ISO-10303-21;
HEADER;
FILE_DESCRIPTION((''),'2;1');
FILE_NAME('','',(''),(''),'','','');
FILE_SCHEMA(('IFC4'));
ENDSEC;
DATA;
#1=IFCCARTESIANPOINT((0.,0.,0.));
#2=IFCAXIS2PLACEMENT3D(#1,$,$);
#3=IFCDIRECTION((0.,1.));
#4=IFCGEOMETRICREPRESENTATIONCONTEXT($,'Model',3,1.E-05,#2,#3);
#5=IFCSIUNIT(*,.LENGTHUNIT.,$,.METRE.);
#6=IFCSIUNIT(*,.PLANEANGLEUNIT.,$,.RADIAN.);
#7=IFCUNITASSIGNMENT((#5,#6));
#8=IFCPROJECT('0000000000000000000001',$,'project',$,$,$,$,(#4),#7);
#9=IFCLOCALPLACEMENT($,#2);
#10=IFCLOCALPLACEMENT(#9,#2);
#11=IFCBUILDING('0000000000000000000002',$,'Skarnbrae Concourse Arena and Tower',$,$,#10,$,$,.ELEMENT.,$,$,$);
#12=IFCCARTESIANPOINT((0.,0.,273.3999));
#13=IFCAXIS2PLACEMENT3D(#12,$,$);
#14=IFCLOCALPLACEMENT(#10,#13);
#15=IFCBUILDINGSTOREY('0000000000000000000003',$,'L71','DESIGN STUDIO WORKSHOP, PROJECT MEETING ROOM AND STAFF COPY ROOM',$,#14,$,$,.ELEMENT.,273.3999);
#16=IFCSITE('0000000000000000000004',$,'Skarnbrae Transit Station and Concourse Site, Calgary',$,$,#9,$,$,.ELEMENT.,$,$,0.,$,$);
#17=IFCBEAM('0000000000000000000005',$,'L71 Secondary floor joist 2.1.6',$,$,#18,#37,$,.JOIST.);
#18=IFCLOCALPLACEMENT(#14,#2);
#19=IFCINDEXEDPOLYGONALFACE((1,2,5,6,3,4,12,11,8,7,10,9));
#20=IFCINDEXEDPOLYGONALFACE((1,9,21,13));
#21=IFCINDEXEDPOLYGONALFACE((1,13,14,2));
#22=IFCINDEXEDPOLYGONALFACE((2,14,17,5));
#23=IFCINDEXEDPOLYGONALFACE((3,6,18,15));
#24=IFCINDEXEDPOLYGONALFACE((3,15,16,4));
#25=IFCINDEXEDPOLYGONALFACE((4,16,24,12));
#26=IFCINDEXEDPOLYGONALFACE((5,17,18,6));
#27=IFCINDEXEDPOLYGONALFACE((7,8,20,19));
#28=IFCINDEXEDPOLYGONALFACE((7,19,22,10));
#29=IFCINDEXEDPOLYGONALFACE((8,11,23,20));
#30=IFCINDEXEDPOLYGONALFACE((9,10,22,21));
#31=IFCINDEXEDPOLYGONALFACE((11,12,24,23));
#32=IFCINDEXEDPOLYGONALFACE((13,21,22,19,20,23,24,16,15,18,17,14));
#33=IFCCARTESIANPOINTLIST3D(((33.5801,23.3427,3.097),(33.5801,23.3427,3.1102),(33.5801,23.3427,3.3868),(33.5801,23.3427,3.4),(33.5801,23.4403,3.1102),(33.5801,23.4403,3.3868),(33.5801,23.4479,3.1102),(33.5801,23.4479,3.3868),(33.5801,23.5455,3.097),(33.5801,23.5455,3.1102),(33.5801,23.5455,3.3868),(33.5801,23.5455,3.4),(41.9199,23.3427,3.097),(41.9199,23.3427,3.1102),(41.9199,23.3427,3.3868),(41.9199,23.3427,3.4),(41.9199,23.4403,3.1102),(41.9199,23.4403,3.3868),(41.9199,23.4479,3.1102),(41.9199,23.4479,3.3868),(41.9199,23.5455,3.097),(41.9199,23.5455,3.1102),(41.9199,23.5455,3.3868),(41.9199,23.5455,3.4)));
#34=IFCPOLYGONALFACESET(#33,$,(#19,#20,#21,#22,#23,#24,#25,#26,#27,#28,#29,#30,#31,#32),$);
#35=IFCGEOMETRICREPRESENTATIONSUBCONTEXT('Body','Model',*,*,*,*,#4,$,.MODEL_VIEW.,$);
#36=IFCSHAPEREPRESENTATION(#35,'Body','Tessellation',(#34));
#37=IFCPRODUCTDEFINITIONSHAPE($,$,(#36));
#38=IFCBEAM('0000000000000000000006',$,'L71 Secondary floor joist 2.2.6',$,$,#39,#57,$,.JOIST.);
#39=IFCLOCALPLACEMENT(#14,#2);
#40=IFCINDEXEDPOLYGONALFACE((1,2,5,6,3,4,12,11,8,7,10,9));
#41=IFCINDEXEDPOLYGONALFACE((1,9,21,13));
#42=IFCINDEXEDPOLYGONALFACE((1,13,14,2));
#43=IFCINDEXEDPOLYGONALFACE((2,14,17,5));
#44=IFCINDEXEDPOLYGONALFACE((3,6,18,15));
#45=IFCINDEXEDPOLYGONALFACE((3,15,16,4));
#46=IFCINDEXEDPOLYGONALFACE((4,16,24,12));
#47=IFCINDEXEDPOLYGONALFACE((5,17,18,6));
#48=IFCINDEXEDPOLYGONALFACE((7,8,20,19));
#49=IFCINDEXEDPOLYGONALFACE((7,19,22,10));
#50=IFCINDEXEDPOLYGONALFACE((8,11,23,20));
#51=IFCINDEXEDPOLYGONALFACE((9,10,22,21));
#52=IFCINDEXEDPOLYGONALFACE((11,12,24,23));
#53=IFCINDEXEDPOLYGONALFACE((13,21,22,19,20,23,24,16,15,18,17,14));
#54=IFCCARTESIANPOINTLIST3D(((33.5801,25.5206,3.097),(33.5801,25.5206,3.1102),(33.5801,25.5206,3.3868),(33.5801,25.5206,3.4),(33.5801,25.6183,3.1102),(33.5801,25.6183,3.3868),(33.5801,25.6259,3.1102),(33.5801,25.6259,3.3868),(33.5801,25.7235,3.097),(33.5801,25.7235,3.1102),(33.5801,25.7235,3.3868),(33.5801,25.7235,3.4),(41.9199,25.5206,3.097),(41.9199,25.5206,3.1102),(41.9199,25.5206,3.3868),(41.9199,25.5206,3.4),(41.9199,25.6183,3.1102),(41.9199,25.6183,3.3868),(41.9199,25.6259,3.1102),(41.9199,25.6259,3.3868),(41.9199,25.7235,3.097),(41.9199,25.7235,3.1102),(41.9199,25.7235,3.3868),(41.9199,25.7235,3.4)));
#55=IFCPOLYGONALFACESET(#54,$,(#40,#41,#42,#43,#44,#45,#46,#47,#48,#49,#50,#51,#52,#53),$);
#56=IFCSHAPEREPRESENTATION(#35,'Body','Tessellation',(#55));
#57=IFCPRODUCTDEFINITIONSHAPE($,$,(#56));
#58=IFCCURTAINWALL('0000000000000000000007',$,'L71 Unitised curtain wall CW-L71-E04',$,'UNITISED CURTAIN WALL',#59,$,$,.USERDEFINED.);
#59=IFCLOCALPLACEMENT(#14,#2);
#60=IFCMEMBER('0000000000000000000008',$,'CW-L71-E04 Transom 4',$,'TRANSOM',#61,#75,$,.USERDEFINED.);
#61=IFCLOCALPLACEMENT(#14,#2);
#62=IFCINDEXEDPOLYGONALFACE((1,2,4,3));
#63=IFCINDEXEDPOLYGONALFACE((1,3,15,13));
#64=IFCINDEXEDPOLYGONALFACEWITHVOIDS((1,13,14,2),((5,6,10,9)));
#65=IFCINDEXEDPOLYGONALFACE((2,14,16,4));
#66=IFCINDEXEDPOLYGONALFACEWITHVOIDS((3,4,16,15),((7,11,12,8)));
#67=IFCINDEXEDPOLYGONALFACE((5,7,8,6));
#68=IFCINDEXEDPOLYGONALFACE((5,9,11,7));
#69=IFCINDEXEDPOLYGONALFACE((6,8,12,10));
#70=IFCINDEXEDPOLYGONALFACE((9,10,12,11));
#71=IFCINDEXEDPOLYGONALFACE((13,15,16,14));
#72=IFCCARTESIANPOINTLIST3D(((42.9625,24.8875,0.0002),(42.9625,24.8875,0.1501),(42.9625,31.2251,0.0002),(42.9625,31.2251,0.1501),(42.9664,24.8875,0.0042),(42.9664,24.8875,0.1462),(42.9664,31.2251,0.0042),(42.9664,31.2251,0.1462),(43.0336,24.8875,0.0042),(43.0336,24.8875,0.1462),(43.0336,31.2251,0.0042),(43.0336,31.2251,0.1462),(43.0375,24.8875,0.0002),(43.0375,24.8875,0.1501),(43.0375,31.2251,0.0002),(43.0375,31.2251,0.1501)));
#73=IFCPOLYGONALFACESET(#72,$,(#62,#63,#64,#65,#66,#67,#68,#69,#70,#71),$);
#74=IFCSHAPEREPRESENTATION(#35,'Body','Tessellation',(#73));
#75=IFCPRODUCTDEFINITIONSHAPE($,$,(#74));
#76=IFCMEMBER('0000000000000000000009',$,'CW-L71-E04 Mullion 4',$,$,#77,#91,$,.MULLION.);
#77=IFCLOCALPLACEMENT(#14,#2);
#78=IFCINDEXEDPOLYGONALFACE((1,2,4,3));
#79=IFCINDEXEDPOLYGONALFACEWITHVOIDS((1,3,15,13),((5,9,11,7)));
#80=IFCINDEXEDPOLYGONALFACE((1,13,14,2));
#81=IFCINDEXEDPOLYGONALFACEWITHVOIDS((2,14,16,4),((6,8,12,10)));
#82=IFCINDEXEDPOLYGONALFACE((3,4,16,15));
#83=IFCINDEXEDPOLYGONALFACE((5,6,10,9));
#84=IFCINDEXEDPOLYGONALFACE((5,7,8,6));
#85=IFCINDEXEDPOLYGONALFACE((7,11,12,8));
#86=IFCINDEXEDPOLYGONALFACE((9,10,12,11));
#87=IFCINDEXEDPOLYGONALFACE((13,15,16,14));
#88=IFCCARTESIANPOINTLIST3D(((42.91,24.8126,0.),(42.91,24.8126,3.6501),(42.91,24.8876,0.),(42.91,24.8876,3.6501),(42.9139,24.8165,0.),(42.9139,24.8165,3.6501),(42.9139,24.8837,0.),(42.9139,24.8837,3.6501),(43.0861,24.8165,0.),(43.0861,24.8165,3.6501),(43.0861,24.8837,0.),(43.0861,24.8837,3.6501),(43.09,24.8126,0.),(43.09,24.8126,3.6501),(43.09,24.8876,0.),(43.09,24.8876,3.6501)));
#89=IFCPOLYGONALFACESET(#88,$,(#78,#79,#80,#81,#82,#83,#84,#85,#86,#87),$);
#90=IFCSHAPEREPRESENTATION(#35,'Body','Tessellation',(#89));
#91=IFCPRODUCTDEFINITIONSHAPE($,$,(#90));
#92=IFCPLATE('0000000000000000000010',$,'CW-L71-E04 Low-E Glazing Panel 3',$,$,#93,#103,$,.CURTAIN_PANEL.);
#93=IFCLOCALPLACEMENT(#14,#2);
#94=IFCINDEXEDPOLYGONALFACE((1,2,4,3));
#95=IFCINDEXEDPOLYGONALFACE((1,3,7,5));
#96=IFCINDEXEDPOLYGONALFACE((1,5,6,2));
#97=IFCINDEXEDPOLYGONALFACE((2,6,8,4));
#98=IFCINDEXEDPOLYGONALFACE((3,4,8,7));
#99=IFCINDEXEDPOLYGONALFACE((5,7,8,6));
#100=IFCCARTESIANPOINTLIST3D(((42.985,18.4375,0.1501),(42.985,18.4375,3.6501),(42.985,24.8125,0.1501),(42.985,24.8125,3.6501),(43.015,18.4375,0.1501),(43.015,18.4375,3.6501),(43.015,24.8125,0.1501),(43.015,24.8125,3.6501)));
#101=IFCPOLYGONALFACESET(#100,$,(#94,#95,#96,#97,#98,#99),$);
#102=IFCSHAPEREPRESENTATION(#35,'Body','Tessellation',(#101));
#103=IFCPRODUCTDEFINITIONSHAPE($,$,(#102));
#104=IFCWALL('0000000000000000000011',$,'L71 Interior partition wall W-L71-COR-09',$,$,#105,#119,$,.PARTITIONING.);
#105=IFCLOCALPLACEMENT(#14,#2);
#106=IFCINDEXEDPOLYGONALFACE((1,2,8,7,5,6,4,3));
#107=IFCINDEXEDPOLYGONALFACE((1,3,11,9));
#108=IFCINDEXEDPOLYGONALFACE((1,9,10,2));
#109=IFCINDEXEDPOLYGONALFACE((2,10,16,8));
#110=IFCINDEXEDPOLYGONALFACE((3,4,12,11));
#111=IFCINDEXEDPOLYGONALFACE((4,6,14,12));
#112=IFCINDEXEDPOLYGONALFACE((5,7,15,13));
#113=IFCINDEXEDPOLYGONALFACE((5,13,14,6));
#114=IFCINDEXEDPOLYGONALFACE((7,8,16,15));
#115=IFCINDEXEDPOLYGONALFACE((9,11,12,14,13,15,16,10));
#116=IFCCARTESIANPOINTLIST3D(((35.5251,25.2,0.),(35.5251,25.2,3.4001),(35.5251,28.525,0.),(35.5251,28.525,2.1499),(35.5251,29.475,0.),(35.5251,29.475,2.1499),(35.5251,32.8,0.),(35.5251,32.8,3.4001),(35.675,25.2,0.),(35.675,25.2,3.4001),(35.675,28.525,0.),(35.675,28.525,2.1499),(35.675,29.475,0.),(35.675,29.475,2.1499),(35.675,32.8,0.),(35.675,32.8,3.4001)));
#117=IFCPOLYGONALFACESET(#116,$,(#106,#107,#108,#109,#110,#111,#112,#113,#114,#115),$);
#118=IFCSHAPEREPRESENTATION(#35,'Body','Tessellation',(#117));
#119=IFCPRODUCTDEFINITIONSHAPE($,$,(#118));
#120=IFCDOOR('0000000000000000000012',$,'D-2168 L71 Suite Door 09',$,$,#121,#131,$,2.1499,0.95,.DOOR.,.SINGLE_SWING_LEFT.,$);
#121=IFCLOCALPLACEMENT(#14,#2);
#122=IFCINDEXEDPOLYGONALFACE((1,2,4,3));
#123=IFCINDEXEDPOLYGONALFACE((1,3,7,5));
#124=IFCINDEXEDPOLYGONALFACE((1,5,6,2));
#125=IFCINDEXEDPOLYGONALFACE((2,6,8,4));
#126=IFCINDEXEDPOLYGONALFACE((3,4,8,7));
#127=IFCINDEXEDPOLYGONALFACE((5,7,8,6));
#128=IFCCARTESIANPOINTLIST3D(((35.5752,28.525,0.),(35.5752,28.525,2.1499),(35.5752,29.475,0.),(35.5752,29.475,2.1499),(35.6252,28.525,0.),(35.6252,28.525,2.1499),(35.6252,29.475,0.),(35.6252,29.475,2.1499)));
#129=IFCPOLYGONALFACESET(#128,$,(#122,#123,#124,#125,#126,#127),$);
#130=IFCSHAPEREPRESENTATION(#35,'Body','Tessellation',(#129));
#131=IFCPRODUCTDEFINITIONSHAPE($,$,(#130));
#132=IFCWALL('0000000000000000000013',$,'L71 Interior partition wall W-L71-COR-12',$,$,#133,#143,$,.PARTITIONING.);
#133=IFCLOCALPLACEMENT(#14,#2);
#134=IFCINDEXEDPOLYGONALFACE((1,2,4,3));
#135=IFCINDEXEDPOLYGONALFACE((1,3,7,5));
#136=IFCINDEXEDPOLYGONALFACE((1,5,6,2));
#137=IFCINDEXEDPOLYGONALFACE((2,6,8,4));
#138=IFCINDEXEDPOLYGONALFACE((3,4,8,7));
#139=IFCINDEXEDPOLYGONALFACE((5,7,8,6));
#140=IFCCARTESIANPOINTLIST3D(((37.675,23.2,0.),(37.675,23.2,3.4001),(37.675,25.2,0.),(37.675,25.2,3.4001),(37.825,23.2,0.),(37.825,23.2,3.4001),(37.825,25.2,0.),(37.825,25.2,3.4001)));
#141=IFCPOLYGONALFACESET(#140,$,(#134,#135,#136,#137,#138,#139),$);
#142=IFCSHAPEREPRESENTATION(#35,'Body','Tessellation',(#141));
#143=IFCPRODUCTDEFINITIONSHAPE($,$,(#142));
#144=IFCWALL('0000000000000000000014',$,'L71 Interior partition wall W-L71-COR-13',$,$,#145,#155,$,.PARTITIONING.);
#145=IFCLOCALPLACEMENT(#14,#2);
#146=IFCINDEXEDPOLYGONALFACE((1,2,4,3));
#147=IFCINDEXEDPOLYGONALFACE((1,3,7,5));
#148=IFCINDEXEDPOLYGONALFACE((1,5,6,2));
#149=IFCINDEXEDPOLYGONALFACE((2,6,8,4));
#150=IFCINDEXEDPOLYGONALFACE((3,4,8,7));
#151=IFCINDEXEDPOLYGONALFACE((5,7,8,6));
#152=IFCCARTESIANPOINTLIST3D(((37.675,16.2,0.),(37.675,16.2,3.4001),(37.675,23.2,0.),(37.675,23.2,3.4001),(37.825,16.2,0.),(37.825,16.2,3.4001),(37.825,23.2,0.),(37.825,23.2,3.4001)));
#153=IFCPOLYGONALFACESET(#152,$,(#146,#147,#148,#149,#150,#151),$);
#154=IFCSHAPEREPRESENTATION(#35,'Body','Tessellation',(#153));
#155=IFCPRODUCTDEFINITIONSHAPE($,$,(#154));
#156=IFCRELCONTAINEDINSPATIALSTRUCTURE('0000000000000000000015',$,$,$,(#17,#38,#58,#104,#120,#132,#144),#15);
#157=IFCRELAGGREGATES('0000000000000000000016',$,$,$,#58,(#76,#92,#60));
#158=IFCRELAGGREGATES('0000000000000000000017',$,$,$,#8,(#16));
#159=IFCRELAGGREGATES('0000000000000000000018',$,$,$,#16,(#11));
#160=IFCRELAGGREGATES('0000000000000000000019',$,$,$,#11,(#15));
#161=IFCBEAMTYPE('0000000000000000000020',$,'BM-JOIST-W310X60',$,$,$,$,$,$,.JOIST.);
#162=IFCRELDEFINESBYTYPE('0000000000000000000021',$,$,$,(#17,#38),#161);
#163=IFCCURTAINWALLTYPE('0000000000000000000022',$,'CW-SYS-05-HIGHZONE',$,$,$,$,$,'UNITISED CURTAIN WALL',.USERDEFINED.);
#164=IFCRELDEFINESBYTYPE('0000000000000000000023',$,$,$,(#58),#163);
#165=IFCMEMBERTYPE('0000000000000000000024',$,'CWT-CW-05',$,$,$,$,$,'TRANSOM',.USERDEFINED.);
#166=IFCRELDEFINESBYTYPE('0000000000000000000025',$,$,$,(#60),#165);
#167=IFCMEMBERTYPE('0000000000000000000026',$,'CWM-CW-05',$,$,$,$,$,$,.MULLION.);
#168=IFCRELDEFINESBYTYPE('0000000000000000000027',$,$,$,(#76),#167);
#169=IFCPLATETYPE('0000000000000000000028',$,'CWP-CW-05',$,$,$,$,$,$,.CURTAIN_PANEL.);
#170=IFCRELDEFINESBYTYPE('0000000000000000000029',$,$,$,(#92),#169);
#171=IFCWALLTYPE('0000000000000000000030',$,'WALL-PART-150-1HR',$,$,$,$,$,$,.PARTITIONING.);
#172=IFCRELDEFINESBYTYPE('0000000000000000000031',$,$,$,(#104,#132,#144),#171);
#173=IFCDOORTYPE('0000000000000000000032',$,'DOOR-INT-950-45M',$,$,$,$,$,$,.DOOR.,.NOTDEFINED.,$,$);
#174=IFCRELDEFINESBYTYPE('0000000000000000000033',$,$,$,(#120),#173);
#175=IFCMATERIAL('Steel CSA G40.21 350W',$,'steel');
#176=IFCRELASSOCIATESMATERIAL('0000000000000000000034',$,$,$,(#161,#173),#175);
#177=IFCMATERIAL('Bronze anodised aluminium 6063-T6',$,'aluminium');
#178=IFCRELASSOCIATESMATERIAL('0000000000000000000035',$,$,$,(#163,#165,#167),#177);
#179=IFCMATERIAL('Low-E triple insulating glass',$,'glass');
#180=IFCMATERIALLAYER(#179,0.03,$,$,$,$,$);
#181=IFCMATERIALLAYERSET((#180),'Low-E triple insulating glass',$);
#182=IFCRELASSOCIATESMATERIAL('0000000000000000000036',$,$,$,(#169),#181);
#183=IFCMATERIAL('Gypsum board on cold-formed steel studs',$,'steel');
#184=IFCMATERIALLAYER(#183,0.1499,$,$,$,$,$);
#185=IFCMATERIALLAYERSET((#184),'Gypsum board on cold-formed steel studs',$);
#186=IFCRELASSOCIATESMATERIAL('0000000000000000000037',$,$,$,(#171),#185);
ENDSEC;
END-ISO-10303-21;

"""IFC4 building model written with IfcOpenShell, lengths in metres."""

from ifc_helpers import new_model, si_unit, direction, frame, frame_2d, origin, origin_2d, place, context, subcontext, project, spatial, rectangle, hollow_rectangle, i_section, extrude, source, transform, mapped, material, layer, layer_set, material_profile, profile_set, type_object, element, fill, aggregate, save


model = new_model("IFC4")

# Units and contexts
model_context = context("Model", 3, precision=1e-05, world=origin(), true_north=direction((0.0, 1.0)))
body_context = subcontext(model_context, "Body", "Model", "MODEL_VIEW")
ifc_project = project(units=[si_unit("LENGTHUNIT", "METRE"), si_unit("PLANEANGLEUNIT", "RADIAN")], contexts=[model_context])

# Site, building, storey
site_placement = place(None, origin())
site = spatial("IfcSite", under=ifc_project, at=site_placement, Name="Skarnbrae Transit Station and Concourse Site, Calgary", CompositionType="ELEMENT", RefElevation=0.0)
building_placement = place(site_placement, origin())
building = spatial("IfcBuilding", under=site, at=building_placement, Name="Skarnbrae Concourse Arena and Tower", CompositionType="ELEMENT")
storey_placement = place(building_placement, frame((0.0, 0.0, 273.3999)))
storey = spatial("IfcBuildingStorey", under=building, at=storey_placement, Name="L71", Description="DESIGN STUDIO WORKSHOP, PROJECT MEETING ROOM AND STAFF COPY ROOM", CompositionType="ELEMENT", Elevation=273.3999)

# Shared definitions
ifc_material_1 = material(Name="Steel CSA G40.21 350W", Category="steel")

# Beams
ifc_material_profile_1 = material_profile(ifc_material_1, i_section(OverallWidth=0.2029, OverallDepth=0.303, WebThickness=0.0076, FlangeThickness=0.0132, at=origin_2d()), Name="W310X60")
ifc_profile_set_1 = profile_set([ifc_material_profile_1], Name="Steel CSA G40.21 350W")
beam_type_1 = type_object("IfcBeamType", Name="BM-JOIST-W310X60", PredefinedType="JOIST", material=ifc_profile_set_1)
shared_shape_1 = source(origin(), body_context, "Body", "SweptSolid", [
    extrude(i_section(OverallWidth=0.2029, OverallDepth=0.303, WebThickness=0.0076, FlangeThickness=0.0132, at=origin_2d()), origin(), (0.0, 0.0, 1.0), 8.3398),
])
for number, where, z_axis, x_axis, name in (
    (1, (33.5801, 23.4441, 3.2485), (1.0, 0.0, 0.0), (0.0, 1.0, 0.0), "L71 Secondary floor joist 2.1.6"),
    (2, (33.5801, 25.6221, 3.2485), (1.0, 0.0, 0.0), (0.0, 1.0, 0.0), "L71 Secondary floor joist 2.2.6"),
):
    element("IfcBeam", number, at=place(storey_placement, frame(where, z_axis=z_axis, x_axis=x_axis)), inside=storey, type_object=beam_type_1, Name=name, PredefinedType="JOIST", context=body_context, shape_type="MappedRepresentation", body=[
        mapped(shared_shape_1, transform((0.0, 0.0, 0.0))),
    ])

# Curtain wall, members, plate
ifc_material_2 = material(Name="Bronze anodised aluminium 6063-T6", Category="aluminium")
curtain_wall_type = type_object("IfcCurtainWallType", Name="CW-SYS-05-HIGHZONE", ElementType="UNITISED CURTAIN WALL", PredefinedType="USERDEFINED", material=ifc_material_2)
curtain_wall_placement = place(storey_placement, origin())
curtain_wall = element("IfcCurtainWall", 3, at=curtain_wall_placement, inside=storey, type_object=curtain_wall_type, Name="L71 Unitised curtain wall CW-L71-E04", ObjectType="UNITISED CURTAIN WALL", PredefinedType="USERDEFINED")
ifc_material_profile_2 = material_profile(ifc_material_2, hollow_rectangle(XDim=0.075, YDim=0.1499, WallThickness=0.0039, at=origin_2d()), Name="ALU-TRAN-75X150")
ifc_profile_set_2 = profile_set([ifc_material_profile_2], Name="Bronze anodised aluminium 6063-T6")
member_type_1 = type_object("IfcMemberType", Name="CWT-CW-05", ElementType="TRANSOM", PredefinedType="USERDEFINED", material=ifc_profile_set_2)
shared_shape_2 = source(origin(), body_context, "Body", "SweptSolid", [
    extrude(hollow_rectangle(XDim=0.075, YDim=0.1499, WallThickness=0.0039, at=origin_2d()), origin(), (0.0, 0.0, 1.0), 6.3376),
])
member_1_placement = place(storey_placement, frame((43.0, 24.8875, 0.0752), z_axis=(0.0, 1.0, 0.0), x_axis=(-1.0, 0.0, 0.0)))
member_1 = element("IfcMember", 4, at=member_1_placement, type_object=member_type_1, Name="CW-L71-E04 Transom 4", ObjectType="TRANSOM", PredefinedType="USERDEFINED", context=body_context, shape_type="MappedRepresentation", body=[
    mapped(shared_shape_2, transform((0.0, 0.0, 0.0))),
])
ifc_material_profile_3 = material_profile(ifc_material_2, hollow_rectangle(XDim=0.075, YDim=0.1799, WallThickness=0.0039, at=origin_2d()), Name="ALU-MULL-75X180")
ifc_profile_set_3 = profile_set([ifc_material_profile_3], Name="Bronze anodised aluminium 6063-T6")
member_type_2 = type_object("IfcMemberType", Name="CWM-CW-05", PredefinedType="MULLION", material=ifc_profile_set_3)
shared_shape_3 = source(origin(), body_context, "Body", "SweptSolid", [
    extrude(hollow_rectangle(XDim=0.075, YDim=0.1799, WallThickness=0.0039, at=origin_2d()), origin(), (0.0, 0.0, 1.0), 3.6501),
])
member_2_placement = place(storey_placement, frame((43.0, 24.8501, 0.0), z_axis=(0.0, 0.0, 1.0), x_axis=(0.0, 1.0, 0.0)))
member_2 = element("IfcMember", 5, at=member_2_placement, type_object=member_type_2, Name="CW-L71-E04 Mullion 4", PredefinedType="MULLION", context=body_context, shape_type="MappedRepresentation", body=[
    mapped(shared_shape_3, transform((0.0, 0.0, 0.0))),
])
ifc_material_3 = material(Name="Low-E triple insulating glass", Category="glass")
ifc_layer_1 = layer(ifc_material_3, 0.03)
ifc_layer_set_1 = layer_set([ifc_layer_1], Name="Low-E triple insulating glass")
plate_type = type_object("IfcPlateType", Name="CWP-CW-05", PredefinedType="CURTAIN_PANEL", material=ifc_layer_set_1)
shared_shape_4 = source(origin(), body_context, "Body", "SweptSolid", [
    extrude(rectangle(XDim=6.375, YDim=0.03, at=origin_2d()), origin(), (0.0, 0.0, 1.0), 3.5),
])
plate_placement = place(storey_placement, frame((43.0, 21.625, 0.1501), z_axis=(0.0, 0.0, 1.0), x_axis=(0.0, 1.0, 0.0)))
plate = element("IfcPlate", 6, at=plate_placement, type_object=plate_type, Name="CW-L71-E04 Low-E Glazing Panel 3", PredefinedType="CURTAIN_PANEL", context=body_context, shape_type="MappedRepresentation", body=[
    mapped(shared_shape_4, transform((0.0, 0.0, 0.0))),
])
aggregate(curtain_wall, [member_2, plate, member_1])

# Wall, opening, door
ifc_material_4 = material(Name="Gypsum board on cold-formed steel studs", Category="steel")
ifc_layer_2 = layer(ifc_material_4, 0.1499)
ifc_layer_set_2 = layer_set([ifc_layer_2], Name="Gypsum board on cold-formed steel studs")
wall_type = type_object("IfcWallType", Name="WALL-PART-150-1HR", PredefinedType="PARTITIONING", material=ifc_layer_set_2)
shared_shape_5 = source(origin(), body_context, "Body", "SweptSolid", [
    extrude(rectangle(XDim=7.6001, YDim=0.1499, at=frame_2d((3.8, 0.0))), origin(), (0.0, 0.0, 1.0), 3.4001),
])
wall_1_placement = place(storey_placement, frame((35.6001, 25.2, 0.0), z_axis=(0.0, 0.0, 1.0), x_axis=(0.0, 1.0, 0.0)))
wall_1 = element("IfcWall", 7, at=wall_1_placement, inside=storey, type_object=wall_type, Name="L71 Interior partition wall W-L71-COR-09", PredefinedType="PARTITIONING", context=body_context, shape_type="MappedRepresentation", body=[
    mapped(shared_shape_5, transform((0.0, 0.0, 0.0))),
])
opening_1_placement = place(wall_1_placement, frame((3.325, 0.0, 0.0)))
opening_1 = element("IfcOpeningElement", 8, at=opening_1_placement, cuts=wall_1, PredefinedType="OPENING", context=body_context, shape_type="SweptSolid", body=[
    extrude(rectangle(XDim=0.95, YDim=2.1499, at=frame_2d((0.4751, 1.075))), frame((0.0, 0.085, 0.0), z_axis=(0.0, -1.0, 0.0), x_axis=(1.0, 0.0, 0.0)), (0.0, 0.0, 1.0), 0.1699),
])
door_type = type_object("IfcDoorType", Name="DOOR-INT-950-45M", OperationType="NOTDEFINED", PredefinedType="DOOR", material=ifc_material_1)
shared_shape_6 = source(origin(), body_context, "Body", "SweptSolid", [
    extrude(rectangle(XDim=0.95, YDim=2.1499, at=frame_2d((0.4751, 1.075))), frame((0.0, 0.0249, 0.0), z_axis=(0.0, -1.0, 0.0), x_axis=(1.0, 0.0, 0.0)), (0.0, 0.0, 1.0), 0.05),
])
door_1_placement = place(opening_1_placement, origin())
door_1 = element("IfcDoor", 9, at=door_1_placement, inside=storey, type_object=door_type, Name="D-2168 L71 Suite Door 09", OperationType="SINGLE_SWING_LEFT", OverallHeight=2.1499, OverallWidth=0.95, PredefinedType="DOOR", context=body_context, shape_type="MappedRepresentation", body=[
    mapped(shared_shape_6, transform((0.0, 0.0, 0.0))),
])
fill(opening_1, door_1)

# Walls
shared_shape_7 = source(origin(), body_context, "Body", "SweptSolid", [
    extrude(rectangle(XDim=2.0, YDim=0.1499, at=frame_2d((1.0, 0.0))), origin(), (0.0, 0.0, 1.0), 3.4001),
])
wall_2_placement = place(storey_placement, frame((37.75, 25.2, 0.0), z_axis=(0.0, 0.0, 1.0), x_axis=(0.0, -1.0, 0.0)))
element("IfcWall", 10, at=wall_2_placement, inside=storey, type_object=wall_type, Name="L71 Interior partition wall W-L71-COR-12", PredefinedType="PARTITIONING", context=body_context, shape_type="MappedRepresentation", body=[
    mapped(shared_shape_7, transform((0.0, 0.0, 0.0))),
])
shared_shape_8 = source(origin(), body_context, "Body", "SweptSolid", [
    extrude(rectangle(XDim=7.0, YDim=0.1499, at=frame_2d((3.5, 0.0))), origin(), (0.0, 0.0, 1.0), 3.4001),
])
wall_3_placement = place(storey_placement, frame((37.75, 23.2, 0.0), z_axis=(0.0, 0.0, 1.0), x_axis=(0.0, -1.0, 0.0)))
element("IfcWall", 11, at=wall_3_placement, inside=storey, type_object=wall_type, Name="L71 Interior partition wall W-L71-COR-13", PredefinedType="PARTITIONING", context=body_context, shape_type="MappedRepresentation", body=[
    mapped(shared_shape_8, transform((0.0, 0.0, 0.0))),
])

save(model, "model.ifc")
